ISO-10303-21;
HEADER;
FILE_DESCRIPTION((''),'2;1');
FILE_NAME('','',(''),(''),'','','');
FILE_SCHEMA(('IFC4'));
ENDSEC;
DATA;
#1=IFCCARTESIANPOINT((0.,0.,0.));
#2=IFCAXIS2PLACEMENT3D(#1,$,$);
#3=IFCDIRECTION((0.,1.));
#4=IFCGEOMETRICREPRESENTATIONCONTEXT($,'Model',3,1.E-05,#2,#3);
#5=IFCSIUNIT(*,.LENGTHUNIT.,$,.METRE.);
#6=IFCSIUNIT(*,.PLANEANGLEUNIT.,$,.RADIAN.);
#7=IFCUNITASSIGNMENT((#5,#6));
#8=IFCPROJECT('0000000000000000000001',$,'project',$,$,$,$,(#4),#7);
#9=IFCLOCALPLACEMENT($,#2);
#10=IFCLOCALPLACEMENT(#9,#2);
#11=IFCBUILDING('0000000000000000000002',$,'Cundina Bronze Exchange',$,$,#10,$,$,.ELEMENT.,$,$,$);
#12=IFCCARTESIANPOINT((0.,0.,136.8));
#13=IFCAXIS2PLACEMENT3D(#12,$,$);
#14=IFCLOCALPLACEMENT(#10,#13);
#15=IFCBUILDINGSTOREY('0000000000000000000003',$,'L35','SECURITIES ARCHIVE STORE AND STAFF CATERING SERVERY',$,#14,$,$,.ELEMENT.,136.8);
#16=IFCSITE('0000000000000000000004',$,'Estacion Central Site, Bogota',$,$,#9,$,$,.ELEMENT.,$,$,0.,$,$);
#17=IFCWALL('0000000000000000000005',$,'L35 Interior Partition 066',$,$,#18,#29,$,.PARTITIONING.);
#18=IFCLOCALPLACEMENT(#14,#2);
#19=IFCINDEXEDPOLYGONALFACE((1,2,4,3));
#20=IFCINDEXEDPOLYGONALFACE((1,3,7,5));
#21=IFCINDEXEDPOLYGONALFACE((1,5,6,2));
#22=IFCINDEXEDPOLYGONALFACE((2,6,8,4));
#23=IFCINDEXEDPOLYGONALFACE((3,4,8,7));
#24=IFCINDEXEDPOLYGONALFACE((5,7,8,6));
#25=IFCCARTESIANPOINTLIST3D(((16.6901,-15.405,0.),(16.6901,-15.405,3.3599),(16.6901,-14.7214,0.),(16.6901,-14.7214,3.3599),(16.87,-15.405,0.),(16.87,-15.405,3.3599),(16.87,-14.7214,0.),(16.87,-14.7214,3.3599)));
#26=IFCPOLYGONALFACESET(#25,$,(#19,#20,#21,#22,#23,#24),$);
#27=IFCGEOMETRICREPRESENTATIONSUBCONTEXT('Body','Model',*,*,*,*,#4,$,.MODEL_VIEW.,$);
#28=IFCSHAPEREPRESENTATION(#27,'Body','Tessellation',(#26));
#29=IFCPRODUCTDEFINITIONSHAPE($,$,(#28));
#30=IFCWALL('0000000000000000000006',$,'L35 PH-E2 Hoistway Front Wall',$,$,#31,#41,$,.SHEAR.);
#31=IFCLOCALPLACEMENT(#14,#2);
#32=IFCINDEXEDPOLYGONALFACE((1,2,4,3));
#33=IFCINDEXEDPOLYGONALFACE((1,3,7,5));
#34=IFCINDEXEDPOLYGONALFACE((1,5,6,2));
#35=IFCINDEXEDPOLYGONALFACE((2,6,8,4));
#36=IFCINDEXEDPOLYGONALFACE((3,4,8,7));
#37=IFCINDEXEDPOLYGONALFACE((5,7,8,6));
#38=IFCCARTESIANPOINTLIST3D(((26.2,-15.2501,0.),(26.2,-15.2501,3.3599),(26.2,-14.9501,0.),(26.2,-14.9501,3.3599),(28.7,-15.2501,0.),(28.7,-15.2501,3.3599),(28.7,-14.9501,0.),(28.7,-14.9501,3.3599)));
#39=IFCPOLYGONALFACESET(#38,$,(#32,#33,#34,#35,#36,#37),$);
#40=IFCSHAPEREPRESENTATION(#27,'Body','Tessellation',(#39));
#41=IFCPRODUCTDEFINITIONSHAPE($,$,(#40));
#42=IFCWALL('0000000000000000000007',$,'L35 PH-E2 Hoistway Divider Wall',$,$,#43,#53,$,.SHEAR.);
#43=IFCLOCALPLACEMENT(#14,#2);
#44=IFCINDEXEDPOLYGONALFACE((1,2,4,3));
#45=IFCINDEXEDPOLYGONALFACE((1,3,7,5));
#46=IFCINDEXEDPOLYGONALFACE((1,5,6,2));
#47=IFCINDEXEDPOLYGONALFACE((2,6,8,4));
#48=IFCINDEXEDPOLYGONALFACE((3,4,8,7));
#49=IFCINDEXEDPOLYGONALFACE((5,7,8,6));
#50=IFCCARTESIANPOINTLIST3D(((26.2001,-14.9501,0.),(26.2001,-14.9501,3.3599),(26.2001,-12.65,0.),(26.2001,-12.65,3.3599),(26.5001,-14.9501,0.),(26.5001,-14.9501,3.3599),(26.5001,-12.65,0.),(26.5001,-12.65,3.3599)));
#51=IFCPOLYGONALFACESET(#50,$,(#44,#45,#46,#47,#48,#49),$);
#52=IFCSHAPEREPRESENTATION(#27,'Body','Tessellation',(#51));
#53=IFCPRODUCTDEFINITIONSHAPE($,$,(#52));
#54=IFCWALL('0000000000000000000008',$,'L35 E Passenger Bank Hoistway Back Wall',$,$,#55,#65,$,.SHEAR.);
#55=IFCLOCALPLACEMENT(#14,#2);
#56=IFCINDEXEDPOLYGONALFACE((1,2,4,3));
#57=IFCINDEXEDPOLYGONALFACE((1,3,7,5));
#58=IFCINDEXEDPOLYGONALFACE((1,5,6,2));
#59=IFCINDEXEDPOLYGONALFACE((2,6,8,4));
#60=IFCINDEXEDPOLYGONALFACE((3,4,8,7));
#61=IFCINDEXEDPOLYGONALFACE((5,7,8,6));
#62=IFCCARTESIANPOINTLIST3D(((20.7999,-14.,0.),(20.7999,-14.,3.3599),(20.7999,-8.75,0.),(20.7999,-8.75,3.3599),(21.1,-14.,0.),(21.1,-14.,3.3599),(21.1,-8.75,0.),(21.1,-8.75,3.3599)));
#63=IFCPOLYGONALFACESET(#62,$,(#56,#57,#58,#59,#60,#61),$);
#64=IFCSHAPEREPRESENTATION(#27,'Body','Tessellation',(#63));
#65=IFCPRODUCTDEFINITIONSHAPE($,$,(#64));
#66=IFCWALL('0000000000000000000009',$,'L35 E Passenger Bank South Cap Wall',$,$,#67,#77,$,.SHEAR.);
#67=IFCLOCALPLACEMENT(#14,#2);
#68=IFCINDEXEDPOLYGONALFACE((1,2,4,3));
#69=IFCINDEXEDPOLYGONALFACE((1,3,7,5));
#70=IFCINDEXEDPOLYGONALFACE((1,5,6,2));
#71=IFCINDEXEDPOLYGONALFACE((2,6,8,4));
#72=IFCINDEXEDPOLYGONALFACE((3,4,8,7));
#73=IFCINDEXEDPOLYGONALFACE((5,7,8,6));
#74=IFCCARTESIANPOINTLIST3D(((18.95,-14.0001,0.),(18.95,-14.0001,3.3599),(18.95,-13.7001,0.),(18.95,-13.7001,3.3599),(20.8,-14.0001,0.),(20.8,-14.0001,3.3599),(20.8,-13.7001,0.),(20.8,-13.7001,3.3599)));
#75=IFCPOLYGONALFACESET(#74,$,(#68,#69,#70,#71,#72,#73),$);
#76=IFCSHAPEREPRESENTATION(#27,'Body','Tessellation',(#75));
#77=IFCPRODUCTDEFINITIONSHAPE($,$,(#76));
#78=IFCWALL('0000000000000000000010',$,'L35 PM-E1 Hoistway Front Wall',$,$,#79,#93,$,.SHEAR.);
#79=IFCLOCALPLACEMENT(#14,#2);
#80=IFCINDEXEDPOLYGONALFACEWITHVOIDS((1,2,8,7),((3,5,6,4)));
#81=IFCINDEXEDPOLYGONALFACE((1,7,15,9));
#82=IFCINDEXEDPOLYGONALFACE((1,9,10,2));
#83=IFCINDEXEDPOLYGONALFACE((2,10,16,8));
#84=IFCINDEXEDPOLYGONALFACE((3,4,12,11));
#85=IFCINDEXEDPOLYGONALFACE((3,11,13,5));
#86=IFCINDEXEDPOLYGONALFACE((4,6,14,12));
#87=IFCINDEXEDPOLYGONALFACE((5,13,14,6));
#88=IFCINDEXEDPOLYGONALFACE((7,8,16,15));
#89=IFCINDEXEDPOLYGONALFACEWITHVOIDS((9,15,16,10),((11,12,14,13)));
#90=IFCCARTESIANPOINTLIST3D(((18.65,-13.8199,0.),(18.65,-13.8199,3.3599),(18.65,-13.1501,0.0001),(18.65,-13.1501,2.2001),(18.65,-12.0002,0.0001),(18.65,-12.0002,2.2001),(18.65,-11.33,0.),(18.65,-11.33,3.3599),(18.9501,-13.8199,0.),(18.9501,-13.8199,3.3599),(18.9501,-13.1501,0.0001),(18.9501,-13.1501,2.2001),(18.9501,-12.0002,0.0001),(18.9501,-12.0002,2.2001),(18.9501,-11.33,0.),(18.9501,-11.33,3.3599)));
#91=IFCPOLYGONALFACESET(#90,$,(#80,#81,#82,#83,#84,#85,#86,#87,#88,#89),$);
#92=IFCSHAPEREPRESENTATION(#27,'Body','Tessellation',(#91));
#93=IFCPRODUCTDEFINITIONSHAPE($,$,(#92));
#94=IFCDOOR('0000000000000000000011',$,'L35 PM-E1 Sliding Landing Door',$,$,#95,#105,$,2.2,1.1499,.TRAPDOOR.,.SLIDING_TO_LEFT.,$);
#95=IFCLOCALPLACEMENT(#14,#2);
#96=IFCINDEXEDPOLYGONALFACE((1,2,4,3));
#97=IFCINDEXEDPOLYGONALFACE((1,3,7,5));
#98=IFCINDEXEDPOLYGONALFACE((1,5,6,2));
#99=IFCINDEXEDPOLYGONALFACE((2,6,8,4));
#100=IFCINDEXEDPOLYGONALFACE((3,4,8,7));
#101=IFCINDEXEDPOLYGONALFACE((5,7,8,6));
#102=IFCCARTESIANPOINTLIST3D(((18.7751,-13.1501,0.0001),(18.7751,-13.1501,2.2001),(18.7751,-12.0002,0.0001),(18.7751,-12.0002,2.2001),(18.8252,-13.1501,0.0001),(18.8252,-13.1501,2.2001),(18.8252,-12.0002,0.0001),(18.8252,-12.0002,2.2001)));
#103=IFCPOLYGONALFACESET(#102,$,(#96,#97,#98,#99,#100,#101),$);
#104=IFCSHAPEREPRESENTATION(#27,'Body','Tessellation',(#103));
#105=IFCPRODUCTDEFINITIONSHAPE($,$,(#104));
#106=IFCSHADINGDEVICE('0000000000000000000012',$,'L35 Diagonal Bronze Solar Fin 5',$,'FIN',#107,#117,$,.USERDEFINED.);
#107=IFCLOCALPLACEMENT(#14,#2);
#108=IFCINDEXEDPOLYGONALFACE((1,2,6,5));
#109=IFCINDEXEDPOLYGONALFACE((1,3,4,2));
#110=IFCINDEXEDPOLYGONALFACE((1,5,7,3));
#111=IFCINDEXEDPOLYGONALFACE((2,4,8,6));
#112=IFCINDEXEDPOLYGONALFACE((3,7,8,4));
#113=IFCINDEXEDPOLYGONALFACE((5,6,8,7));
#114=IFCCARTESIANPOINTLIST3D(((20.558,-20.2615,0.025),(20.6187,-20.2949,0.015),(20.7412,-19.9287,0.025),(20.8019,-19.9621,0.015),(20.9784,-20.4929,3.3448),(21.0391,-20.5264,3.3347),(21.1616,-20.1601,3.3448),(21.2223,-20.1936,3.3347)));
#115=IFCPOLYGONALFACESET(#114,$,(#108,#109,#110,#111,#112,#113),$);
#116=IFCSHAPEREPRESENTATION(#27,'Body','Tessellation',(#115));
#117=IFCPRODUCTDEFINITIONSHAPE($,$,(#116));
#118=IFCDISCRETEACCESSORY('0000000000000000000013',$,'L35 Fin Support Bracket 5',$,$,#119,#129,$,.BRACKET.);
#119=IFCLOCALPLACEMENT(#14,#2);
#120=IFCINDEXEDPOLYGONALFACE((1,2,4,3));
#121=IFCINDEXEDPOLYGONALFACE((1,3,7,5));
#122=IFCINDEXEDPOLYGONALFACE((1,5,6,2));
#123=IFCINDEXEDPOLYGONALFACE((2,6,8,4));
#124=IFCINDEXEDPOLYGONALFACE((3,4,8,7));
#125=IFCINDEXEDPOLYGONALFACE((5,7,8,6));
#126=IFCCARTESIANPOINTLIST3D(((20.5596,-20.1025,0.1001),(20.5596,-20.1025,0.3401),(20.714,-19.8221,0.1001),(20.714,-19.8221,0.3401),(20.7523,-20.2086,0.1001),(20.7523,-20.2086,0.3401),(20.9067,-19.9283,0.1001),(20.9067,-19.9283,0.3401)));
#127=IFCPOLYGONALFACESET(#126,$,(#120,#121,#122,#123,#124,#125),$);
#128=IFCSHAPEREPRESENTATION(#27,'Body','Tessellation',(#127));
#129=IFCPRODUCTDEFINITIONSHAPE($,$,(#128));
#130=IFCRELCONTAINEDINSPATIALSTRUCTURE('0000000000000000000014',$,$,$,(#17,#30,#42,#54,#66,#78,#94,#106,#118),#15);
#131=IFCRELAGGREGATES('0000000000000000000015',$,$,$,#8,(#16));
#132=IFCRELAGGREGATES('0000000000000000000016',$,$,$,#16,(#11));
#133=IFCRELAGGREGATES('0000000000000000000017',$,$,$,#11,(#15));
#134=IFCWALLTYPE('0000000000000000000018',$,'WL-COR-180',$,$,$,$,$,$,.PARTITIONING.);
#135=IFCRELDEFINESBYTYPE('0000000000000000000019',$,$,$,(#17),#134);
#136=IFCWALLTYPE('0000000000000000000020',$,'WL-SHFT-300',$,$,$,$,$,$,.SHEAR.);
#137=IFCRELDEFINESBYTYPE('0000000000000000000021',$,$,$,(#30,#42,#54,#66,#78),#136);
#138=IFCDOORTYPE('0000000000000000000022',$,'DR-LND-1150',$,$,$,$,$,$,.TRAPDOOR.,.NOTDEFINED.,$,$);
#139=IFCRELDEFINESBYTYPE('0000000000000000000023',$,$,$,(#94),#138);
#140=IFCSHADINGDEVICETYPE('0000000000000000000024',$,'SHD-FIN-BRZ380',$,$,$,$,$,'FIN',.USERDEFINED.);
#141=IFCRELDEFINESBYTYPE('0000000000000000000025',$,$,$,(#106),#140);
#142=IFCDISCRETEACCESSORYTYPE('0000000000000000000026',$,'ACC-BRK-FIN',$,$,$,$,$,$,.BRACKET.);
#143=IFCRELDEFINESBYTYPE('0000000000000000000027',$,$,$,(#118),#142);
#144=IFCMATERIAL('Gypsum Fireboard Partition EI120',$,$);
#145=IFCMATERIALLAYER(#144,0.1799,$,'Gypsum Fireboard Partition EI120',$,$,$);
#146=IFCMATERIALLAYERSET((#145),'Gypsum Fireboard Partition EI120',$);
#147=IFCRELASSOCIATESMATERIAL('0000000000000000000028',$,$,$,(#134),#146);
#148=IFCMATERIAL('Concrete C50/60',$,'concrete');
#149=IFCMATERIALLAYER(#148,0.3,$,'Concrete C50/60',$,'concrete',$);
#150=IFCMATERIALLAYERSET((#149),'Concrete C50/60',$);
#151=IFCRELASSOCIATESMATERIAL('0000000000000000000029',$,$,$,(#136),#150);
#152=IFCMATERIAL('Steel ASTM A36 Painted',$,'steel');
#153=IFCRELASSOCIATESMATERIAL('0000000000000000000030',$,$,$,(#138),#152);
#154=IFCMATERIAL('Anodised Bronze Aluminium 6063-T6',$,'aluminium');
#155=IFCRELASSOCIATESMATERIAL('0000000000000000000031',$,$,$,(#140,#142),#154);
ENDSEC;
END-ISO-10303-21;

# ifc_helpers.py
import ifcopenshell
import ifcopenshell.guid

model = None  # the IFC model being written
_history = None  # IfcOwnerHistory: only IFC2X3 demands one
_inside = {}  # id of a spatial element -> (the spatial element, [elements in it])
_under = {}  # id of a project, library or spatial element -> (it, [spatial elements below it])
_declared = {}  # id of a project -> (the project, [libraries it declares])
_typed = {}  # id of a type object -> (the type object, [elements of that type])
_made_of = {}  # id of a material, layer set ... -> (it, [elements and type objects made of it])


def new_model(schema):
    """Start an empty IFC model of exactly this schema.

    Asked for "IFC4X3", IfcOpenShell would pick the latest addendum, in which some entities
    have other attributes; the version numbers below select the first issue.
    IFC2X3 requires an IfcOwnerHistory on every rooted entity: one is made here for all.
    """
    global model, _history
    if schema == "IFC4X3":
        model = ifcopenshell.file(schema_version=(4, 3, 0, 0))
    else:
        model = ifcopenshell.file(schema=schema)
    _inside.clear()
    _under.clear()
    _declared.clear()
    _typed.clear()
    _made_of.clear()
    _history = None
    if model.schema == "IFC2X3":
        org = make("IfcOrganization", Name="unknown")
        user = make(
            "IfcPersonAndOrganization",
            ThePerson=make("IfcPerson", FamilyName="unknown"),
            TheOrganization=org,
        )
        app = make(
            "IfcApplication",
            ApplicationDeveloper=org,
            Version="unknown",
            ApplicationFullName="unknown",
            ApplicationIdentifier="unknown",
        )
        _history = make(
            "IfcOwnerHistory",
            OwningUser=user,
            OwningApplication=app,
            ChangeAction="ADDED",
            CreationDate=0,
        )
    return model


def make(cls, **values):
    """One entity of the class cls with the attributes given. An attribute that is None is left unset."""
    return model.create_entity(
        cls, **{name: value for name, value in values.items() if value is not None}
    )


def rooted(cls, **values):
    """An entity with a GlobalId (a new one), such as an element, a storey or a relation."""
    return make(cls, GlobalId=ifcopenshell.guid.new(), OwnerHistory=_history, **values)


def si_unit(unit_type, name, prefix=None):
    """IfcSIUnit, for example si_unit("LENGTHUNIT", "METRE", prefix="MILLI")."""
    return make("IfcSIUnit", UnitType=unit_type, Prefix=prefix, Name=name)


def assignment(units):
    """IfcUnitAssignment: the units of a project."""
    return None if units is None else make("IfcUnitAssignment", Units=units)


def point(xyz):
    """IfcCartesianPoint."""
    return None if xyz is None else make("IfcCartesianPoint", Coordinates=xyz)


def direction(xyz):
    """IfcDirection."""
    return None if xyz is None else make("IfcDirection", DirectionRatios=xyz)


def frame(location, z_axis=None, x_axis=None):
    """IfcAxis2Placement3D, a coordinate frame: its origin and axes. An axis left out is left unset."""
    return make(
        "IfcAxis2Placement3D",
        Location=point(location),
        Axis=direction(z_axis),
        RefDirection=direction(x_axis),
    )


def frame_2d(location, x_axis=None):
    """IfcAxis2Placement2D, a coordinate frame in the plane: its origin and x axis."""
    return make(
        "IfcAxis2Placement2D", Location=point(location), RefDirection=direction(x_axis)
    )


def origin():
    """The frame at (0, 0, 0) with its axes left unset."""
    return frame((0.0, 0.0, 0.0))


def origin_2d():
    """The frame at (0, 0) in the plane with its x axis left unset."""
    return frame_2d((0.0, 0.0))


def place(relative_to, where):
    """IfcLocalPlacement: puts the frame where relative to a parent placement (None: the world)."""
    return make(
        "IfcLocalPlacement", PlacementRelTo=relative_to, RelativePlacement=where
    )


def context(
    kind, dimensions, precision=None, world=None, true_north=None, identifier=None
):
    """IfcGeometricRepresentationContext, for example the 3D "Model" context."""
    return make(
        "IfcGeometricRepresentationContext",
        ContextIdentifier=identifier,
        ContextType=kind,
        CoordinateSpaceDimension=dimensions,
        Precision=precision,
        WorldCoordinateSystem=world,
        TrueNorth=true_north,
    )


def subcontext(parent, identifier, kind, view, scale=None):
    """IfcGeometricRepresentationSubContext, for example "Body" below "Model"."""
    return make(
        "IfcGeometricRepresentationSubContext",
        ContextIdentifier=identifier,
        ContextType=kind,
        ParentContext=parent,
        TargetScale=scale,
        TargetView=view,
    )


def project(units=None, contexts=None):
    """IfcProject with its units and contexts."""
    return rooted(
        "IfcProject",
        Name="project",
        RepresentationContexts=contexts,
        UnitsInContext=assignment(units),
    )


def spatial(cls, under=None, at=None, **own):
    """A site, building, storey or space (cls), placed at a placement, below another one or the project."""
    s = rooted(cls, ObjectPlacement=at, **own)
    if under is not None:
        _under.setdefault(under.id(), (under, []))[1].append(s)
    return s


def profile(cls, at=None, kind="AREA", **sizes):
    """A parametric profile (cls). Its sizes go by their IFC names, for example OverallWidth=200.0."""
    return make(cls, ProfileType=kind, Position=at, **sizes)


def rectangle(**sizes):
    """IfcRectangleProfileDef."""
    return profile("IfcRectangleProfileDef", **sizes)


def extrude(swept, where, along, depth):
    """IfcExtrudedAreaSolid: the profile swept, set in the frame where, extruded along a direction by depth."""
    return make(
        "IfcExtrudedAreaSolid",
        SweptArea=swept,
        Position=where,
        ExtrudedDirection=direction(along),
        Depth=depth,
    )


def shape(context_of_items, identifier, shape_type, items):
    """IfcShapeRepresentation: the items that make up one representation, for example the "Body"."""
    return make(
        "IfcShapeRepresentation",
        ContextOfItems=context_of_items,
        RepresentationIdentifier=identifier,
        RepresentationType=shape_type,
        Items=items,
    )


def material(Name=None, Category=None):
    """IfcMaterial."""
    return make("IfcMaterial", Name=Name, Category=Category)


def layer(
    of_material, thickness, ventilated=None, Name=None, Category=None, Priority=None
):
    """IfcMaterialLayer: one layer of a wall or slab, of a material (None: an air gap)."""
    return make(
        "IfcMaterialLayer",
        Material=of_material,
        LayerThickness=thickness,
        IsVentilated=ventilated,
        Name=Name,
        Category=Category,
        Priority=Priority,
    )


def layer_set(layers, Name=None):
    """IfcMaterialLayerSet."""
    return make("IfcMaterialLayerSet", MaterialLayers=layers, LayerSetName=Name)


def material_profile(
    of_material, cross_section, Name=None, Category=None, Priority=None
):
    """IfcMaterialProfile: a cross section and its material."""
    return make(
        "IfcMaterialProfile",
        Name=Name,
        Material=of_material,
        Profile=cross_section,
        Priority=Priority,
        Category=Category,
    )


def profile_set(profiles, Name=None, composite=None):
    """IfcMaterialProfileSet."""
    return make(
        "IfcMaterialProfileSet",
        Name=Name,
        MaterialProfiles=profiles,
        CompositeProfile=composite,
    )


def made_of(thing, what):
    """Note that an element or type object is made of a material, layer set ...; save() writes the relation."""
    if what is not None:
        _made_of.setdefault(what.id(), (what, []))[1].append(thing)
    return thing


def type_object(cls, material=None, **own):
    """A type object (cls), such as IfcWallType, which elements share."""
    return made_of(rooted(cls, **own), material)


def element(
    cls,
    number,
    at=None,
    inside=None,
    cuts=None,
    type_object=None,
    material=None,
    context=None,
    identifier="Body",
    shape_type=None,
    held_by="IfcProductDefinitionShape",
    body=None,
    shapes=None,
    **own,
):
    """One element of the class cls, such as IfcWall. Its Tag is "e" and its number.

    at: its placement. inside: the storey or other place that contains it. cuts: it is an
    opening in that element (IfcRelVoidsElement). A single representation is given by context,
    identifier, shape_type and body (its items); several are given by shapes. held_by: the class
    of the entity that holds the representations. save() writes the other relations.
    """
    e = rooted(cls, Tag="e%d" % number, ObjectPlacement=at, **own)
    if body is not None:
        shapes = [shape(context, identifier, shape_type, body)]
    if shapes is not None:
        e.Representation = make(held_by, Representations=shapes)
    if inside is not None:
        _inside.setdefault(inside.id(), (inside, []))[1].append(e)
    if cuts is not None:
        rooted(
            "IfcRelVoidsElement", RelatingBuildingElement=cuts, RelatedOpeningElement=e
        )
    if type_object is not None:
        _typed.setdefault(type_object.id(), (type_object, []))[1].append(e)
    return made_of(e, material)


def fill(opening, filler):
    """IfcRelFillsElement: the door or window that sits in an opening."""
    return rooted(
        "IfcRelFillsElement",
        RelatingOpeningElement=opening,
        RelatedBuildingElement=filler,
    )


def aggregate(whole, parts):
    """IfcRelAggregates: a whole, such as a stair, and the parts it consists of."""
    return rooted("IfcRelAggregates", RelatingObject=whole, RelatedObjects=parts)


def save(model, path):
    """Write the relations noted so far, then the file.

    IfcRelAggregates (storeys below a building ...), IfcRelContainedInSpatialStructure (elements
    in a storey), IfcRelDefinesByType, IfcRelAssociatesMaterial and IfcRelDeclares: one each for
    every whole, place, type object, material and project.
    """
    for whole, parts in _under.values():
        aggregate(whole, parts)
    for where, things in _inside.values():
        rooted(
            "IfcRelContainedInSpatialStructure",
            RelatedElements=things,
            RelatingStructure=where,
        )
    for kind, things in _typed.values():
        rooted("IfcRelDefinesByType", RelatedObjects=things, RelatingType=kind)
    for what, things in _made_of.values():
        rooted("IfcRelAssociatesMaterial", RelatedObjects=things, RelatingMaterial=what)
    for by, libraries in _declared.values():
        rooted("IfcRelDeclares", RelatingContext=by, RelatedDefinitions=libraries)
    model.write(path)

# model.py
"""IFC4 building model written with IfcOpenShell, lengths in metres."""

from ifc_helpers import new_model, si_unit, direction, frame, frame_2d, origin, origin_2d, place, context, subcontext, project, spatial, rectangle, extrude, material, layer, layer_set, material_profile, profile_set, type_object, element, fill, save


model = new_model("IFC4")

# Units and contexts
model_context = context("Model", 3, precision=1e-05, world=origin(), true_north=direction((0.0, 1.0)))
body_context = subcontext(model_context, "Body", "Model", "MODEL_VIEW")
ifc_project = project(units=[si_unit("LENGTHUNIT", "METRE"), si_unit("PLANEANGLEUNIT", "RADIAN")], contexts=[model_context])

# Site, building, storey
site_placement = place(None, origin())
site = spatial("IfcSite", under=ifc_project, at=site_placement, Name="Estacion Central Site, Bogota", CompositionType="ELEMENT", RefElevation=0.0)
building_placement = place(site_placement, origin())
building = spatial("IfcBuilding", under=site, at=building_placement, Name="Cundina Bronze Exchange", CompositionType="ELEMENT")
storey_placement = place(building_placement, frame((0.0, 0.0, 136.8)))
storey = spatial("IfcBuildingStorey", under=building, at=storey_placement, Name="L35", Description="SECURITIES ARCHIVE STORE AND STAFF CATERING SERVERY", CompositionType="ELEMENT", Elevation=136.8)

# Shared definitions
ifc_material_1 = material(Name="Concrete C50/60", Category="concrete")

# Shared definitions
ifc_material_2 = material(Name="Anodised Bronze Aluminium 6063-T6", Category="aluminium")

# Shared definitions
ifc_material_3 = material(Name="Gypsum Fireboard Partition EI120")
ifc_layer_1 = layer(ifc_material_3, 0.1799, Name="Gypsum Fireboard Partition EI120")
ifc_layer_set_1 = layer_set([ifc_layer_1], Name="Gypsum Fireboard Partition EI120")
wall_type_1 = type_object("IfcWallType", Name="WL-COR-180", PredefinedType="PARTITIONING", material=ifc_layer_set_1)

# Walls
wall_1_placement = place(storey_placement, frame((16.78, -14.7214, 0.0), z_axis=(0.0, 0.0, 1.0), x_axis=(0.0, -1.0, 0.0)))
element("IfcWall", 1, at=wall_1_placement, inside=storey, type_object=wall_type_1, Name="L35 Interior Partition 066", PredefinedType="PARTITIONING", context=body_context, shape_type="SweptSolid", body=[
    extrude(rectangle(XDim=0.6836, YDim=0.1799, at=frame_2d((0.3418, 0.0))), origin(), (0.0, 0.0, 1.0), 3.3599),
])
ifc_layer_2 = layer(ifc_material_1, 0.3, Name="Concrete C50/60", Category="concrete")
ifc_layer_set_2 = layer_set([ifc_layer_2], Name="Concrete C50/60")
wall_type_2 = type_object("IfcWallType", Name="WL-SHFT-300", PredefinedType="SHEAR", material=ifc_layer_set_2)
wall_2_placement = place(storey_placement, frame((26.2, -15.1001, 0.0), z_axis=(0.0, 0.0, 1.0), x_axis=(1.0, 0.0, 0.0)))
element("IfcWall", 2, at=wall_2_placement, inside=storey, type_object=wall_type_2, Name="L35 PH-E2 Hoistway Front Wall", PredefinedType="SHEAR", context=body_context, shape_type="SweptSolid", body=[
    extrude(rectangle(XDim=2.5, YDim=0.3, at=frame_2d((1.25, 0.0))), origin(), (0.0, 0.0, 1.0), 3.3599),
])
wall_3_placement = place(storey_placement, frame((26.3501, -14.95, 0.0), z_axis=(0.0, 0.0, 1.0), x_axis=(0.0, 1.0, 0.0)))
element("IfcWall", 3, at=wall_3_placement, inside=storey, type_object=wall_type_2, Name="L35 PH-E2 Hoistway Divider Wall", PredefinedType="SHEAR", context=body_context, shape_type="SweptSolid", body=[
    extrude(rectangle(XDim=2.3, YDim=0.3, at=frame_2d((1.1499, 0.0))), origin(), (0.0, 0.0, 1.0), 3.3599),
])
wall_4_placement = place(storey_placement, frame((20.95, -14.0, 0.0), z_axis=(0.0, 0.0, 1.0), x_axis=(0.0, 1.0, 0.0)))
element("IfcWall", 4, at=wall_4_placement, inside=storey, type_object=wall_type_2, Name="L35 E Passenger Bank Hoistway Back Wall", PredefinedType="SHEAR", context=body_context, shape_type="SweptSolid", body=[
    extrude(rectangle(XDim=5.25, YDim=0.3, at=frame_2d((2.625, 0.0))), origin(), (0.0, 0.0, 1.0), 3.3599),
])
wall_5_placement = place(storey_placement, frame((18.95, -13.8501, 0.0), z_axis=(0.0, 0.0, 1.0), x_axis=(1.0, 0.0, 0.0)))
element("IfcWall", 5, at=wall_5_placement, inside=storey, type_object=wall_type_2, Name="L35 E Passenger Bank South Cap Wall", PredefinedType="SHEAR", context=body_context, shape_type="SweptSolid", body=[
    extrude(rectangle(XDim=1.8501, YDim=0.3, at=frame_2d((0.925, 0.0))), origin(), (0.0, 0.0, 1.0), 3.3599),
])

# Wall, opening, door
wall_6_placement = place(storey_placement, frame((18.8, -13.8201, 0.0), z_axis=(0.0, 0.0, 1.0), x_axis=(0.0, 1.0, 0.0)))
wall_6 = element("IfcWall", 6, at=wall_6_placement, inside=storey, type_object=wall_type_2, Name="L35 PM-E1 Hoistway Front Wall", PredefinedType="SHEAR", context=body_context, shape_type="SweptSolid", body=[
    extrude(rectangle(XDim=2.49, YDim=0.3, at=frame_2d((1.2451, 0.0))), origin(), (0.0, 0.0, 1.0), 3.3599),
])
opening_1_placement = place(wall_6_placement, frame((0.6699, 0.0, 0.0)))
opening_1 = element("IfcOpeningElement", 7, at=opening_1_placement, cuts=wall_6, PredefinedType="OPENING", context=body_context, shape_type="SweptSolid", body=[
    extrude(rectangle(XDim=1.1499, YDim=2.2, at=frame_2d((0.575, 1.1001))), frame((0.0, 0.1599, 0.0), z_axis=(0.0, -1.0, 0.0), x_axis=(1.0, 0.0, 0.0)), (0.0, 0.0, 1.0), 0.3201),
])
ifc_material_4 = material(Name="Steel ASTM A36 Painted", Category="steel")
door_type_1 = type_object("IfcDoorType", Name="DR-LND-1150", OperationType="NOTDEFINED", PredefinedType="TRAPDOOR", material=ifc_material_4)
door_1_placement = place(opening_1_placement, origin())
door_1 = element("IfcDoor", 8, at=door_1_placement, inside=storey, type_object=door_type_1, Name="L35 PM-E1 Sliding Landing Door", OperationType="SLIDING_TO_LEFT", OverallHeight=2.2, OverallWidth=1.1499, PredefinedType="TRAPDOOR", context=body_context, shape_type="SweptSolid", body=[
    extrude(rectangle(XDim=1.1499, YDim=2.2, at=frame_2d((0.575, 1.1001))), frame((0.0, 0.0249, 0.0), z_axis=(0.0, -1.0, 0.0), x_axis=(1.0, 0.0, 0.0)), (0.0, 0.0, 1.0), 0.05),
])
fill(opening_1, door_1)

# Shading device
ifc_material_profile_1 = material_profile(ifc_material_2, rectangle(XDim=0.0701, YDim=0.3799, at=origin_2d()), Name="FIN70X380", Category="aluminium")
ifc_profile_set_1 = profile_set([ifc_material_profile_1], Name="Anodised Bronze Aluminium 6063-T6")
shading_device_type = type_object("IfcShadingDeviceType", Name="SHD-FIN-BRZ380", ElementType="FIN", PredefinedType="USERDEFINED", material=ifc_profile_set_1)
shading_device_placement = place(storey_placement, frame((20.6799, -20.1118, 0.02), z_axis=(0.125333, -0.068999, 0.989712), x_axis=(-0.86701, 0.477309, 0.143071)))
element("IfcShadingDevice", 9, at=shading_device_placement, inside=storey, type_object=shading_device_type, Name="L35 Diagonal Bronze Solar Fin 5", ObjectType="FIN", PredefinedType="USERDEFINED", context=body_context, shape_type="SweptSolid", body=[
    extrude(rectangle(XDim=0.0701, YDim=0.3799, at=origin_2d()), origin(), (0.0, 0.0, 1.0), 3.3542),
])

# Discrete accessory
discrete_accessory_type = type_object("IfcDiscreteAccessoryType", Name="ACC-BRK-FIN", PredefinedType="BRACKET", material=ifc_material_2)
discrete_accessory_placement = place(storey_placement, frame((20.7332, -20.0154, 0.1001), z_axis=(0.0, 0.0, 1.0), x_axis=(0.875869, -0.482549, 0.0)))
element("IfcDiscreteAccessory", 10, at=discrete_accessory_placement, inside=storey, type_object=discrete_accessory_type, Name="L35 Fin Support Bracket 5", PredefinedType="BRACKET", context=body_context, shape_type="SweptSolid", body=[
    extrude(rectangle(XDim=0.22, YDim=0.3201, at=origin_2d()), origin(), (0.0, 0.0, 1.0), 0.24),
])

save(model, "model.ifc")
